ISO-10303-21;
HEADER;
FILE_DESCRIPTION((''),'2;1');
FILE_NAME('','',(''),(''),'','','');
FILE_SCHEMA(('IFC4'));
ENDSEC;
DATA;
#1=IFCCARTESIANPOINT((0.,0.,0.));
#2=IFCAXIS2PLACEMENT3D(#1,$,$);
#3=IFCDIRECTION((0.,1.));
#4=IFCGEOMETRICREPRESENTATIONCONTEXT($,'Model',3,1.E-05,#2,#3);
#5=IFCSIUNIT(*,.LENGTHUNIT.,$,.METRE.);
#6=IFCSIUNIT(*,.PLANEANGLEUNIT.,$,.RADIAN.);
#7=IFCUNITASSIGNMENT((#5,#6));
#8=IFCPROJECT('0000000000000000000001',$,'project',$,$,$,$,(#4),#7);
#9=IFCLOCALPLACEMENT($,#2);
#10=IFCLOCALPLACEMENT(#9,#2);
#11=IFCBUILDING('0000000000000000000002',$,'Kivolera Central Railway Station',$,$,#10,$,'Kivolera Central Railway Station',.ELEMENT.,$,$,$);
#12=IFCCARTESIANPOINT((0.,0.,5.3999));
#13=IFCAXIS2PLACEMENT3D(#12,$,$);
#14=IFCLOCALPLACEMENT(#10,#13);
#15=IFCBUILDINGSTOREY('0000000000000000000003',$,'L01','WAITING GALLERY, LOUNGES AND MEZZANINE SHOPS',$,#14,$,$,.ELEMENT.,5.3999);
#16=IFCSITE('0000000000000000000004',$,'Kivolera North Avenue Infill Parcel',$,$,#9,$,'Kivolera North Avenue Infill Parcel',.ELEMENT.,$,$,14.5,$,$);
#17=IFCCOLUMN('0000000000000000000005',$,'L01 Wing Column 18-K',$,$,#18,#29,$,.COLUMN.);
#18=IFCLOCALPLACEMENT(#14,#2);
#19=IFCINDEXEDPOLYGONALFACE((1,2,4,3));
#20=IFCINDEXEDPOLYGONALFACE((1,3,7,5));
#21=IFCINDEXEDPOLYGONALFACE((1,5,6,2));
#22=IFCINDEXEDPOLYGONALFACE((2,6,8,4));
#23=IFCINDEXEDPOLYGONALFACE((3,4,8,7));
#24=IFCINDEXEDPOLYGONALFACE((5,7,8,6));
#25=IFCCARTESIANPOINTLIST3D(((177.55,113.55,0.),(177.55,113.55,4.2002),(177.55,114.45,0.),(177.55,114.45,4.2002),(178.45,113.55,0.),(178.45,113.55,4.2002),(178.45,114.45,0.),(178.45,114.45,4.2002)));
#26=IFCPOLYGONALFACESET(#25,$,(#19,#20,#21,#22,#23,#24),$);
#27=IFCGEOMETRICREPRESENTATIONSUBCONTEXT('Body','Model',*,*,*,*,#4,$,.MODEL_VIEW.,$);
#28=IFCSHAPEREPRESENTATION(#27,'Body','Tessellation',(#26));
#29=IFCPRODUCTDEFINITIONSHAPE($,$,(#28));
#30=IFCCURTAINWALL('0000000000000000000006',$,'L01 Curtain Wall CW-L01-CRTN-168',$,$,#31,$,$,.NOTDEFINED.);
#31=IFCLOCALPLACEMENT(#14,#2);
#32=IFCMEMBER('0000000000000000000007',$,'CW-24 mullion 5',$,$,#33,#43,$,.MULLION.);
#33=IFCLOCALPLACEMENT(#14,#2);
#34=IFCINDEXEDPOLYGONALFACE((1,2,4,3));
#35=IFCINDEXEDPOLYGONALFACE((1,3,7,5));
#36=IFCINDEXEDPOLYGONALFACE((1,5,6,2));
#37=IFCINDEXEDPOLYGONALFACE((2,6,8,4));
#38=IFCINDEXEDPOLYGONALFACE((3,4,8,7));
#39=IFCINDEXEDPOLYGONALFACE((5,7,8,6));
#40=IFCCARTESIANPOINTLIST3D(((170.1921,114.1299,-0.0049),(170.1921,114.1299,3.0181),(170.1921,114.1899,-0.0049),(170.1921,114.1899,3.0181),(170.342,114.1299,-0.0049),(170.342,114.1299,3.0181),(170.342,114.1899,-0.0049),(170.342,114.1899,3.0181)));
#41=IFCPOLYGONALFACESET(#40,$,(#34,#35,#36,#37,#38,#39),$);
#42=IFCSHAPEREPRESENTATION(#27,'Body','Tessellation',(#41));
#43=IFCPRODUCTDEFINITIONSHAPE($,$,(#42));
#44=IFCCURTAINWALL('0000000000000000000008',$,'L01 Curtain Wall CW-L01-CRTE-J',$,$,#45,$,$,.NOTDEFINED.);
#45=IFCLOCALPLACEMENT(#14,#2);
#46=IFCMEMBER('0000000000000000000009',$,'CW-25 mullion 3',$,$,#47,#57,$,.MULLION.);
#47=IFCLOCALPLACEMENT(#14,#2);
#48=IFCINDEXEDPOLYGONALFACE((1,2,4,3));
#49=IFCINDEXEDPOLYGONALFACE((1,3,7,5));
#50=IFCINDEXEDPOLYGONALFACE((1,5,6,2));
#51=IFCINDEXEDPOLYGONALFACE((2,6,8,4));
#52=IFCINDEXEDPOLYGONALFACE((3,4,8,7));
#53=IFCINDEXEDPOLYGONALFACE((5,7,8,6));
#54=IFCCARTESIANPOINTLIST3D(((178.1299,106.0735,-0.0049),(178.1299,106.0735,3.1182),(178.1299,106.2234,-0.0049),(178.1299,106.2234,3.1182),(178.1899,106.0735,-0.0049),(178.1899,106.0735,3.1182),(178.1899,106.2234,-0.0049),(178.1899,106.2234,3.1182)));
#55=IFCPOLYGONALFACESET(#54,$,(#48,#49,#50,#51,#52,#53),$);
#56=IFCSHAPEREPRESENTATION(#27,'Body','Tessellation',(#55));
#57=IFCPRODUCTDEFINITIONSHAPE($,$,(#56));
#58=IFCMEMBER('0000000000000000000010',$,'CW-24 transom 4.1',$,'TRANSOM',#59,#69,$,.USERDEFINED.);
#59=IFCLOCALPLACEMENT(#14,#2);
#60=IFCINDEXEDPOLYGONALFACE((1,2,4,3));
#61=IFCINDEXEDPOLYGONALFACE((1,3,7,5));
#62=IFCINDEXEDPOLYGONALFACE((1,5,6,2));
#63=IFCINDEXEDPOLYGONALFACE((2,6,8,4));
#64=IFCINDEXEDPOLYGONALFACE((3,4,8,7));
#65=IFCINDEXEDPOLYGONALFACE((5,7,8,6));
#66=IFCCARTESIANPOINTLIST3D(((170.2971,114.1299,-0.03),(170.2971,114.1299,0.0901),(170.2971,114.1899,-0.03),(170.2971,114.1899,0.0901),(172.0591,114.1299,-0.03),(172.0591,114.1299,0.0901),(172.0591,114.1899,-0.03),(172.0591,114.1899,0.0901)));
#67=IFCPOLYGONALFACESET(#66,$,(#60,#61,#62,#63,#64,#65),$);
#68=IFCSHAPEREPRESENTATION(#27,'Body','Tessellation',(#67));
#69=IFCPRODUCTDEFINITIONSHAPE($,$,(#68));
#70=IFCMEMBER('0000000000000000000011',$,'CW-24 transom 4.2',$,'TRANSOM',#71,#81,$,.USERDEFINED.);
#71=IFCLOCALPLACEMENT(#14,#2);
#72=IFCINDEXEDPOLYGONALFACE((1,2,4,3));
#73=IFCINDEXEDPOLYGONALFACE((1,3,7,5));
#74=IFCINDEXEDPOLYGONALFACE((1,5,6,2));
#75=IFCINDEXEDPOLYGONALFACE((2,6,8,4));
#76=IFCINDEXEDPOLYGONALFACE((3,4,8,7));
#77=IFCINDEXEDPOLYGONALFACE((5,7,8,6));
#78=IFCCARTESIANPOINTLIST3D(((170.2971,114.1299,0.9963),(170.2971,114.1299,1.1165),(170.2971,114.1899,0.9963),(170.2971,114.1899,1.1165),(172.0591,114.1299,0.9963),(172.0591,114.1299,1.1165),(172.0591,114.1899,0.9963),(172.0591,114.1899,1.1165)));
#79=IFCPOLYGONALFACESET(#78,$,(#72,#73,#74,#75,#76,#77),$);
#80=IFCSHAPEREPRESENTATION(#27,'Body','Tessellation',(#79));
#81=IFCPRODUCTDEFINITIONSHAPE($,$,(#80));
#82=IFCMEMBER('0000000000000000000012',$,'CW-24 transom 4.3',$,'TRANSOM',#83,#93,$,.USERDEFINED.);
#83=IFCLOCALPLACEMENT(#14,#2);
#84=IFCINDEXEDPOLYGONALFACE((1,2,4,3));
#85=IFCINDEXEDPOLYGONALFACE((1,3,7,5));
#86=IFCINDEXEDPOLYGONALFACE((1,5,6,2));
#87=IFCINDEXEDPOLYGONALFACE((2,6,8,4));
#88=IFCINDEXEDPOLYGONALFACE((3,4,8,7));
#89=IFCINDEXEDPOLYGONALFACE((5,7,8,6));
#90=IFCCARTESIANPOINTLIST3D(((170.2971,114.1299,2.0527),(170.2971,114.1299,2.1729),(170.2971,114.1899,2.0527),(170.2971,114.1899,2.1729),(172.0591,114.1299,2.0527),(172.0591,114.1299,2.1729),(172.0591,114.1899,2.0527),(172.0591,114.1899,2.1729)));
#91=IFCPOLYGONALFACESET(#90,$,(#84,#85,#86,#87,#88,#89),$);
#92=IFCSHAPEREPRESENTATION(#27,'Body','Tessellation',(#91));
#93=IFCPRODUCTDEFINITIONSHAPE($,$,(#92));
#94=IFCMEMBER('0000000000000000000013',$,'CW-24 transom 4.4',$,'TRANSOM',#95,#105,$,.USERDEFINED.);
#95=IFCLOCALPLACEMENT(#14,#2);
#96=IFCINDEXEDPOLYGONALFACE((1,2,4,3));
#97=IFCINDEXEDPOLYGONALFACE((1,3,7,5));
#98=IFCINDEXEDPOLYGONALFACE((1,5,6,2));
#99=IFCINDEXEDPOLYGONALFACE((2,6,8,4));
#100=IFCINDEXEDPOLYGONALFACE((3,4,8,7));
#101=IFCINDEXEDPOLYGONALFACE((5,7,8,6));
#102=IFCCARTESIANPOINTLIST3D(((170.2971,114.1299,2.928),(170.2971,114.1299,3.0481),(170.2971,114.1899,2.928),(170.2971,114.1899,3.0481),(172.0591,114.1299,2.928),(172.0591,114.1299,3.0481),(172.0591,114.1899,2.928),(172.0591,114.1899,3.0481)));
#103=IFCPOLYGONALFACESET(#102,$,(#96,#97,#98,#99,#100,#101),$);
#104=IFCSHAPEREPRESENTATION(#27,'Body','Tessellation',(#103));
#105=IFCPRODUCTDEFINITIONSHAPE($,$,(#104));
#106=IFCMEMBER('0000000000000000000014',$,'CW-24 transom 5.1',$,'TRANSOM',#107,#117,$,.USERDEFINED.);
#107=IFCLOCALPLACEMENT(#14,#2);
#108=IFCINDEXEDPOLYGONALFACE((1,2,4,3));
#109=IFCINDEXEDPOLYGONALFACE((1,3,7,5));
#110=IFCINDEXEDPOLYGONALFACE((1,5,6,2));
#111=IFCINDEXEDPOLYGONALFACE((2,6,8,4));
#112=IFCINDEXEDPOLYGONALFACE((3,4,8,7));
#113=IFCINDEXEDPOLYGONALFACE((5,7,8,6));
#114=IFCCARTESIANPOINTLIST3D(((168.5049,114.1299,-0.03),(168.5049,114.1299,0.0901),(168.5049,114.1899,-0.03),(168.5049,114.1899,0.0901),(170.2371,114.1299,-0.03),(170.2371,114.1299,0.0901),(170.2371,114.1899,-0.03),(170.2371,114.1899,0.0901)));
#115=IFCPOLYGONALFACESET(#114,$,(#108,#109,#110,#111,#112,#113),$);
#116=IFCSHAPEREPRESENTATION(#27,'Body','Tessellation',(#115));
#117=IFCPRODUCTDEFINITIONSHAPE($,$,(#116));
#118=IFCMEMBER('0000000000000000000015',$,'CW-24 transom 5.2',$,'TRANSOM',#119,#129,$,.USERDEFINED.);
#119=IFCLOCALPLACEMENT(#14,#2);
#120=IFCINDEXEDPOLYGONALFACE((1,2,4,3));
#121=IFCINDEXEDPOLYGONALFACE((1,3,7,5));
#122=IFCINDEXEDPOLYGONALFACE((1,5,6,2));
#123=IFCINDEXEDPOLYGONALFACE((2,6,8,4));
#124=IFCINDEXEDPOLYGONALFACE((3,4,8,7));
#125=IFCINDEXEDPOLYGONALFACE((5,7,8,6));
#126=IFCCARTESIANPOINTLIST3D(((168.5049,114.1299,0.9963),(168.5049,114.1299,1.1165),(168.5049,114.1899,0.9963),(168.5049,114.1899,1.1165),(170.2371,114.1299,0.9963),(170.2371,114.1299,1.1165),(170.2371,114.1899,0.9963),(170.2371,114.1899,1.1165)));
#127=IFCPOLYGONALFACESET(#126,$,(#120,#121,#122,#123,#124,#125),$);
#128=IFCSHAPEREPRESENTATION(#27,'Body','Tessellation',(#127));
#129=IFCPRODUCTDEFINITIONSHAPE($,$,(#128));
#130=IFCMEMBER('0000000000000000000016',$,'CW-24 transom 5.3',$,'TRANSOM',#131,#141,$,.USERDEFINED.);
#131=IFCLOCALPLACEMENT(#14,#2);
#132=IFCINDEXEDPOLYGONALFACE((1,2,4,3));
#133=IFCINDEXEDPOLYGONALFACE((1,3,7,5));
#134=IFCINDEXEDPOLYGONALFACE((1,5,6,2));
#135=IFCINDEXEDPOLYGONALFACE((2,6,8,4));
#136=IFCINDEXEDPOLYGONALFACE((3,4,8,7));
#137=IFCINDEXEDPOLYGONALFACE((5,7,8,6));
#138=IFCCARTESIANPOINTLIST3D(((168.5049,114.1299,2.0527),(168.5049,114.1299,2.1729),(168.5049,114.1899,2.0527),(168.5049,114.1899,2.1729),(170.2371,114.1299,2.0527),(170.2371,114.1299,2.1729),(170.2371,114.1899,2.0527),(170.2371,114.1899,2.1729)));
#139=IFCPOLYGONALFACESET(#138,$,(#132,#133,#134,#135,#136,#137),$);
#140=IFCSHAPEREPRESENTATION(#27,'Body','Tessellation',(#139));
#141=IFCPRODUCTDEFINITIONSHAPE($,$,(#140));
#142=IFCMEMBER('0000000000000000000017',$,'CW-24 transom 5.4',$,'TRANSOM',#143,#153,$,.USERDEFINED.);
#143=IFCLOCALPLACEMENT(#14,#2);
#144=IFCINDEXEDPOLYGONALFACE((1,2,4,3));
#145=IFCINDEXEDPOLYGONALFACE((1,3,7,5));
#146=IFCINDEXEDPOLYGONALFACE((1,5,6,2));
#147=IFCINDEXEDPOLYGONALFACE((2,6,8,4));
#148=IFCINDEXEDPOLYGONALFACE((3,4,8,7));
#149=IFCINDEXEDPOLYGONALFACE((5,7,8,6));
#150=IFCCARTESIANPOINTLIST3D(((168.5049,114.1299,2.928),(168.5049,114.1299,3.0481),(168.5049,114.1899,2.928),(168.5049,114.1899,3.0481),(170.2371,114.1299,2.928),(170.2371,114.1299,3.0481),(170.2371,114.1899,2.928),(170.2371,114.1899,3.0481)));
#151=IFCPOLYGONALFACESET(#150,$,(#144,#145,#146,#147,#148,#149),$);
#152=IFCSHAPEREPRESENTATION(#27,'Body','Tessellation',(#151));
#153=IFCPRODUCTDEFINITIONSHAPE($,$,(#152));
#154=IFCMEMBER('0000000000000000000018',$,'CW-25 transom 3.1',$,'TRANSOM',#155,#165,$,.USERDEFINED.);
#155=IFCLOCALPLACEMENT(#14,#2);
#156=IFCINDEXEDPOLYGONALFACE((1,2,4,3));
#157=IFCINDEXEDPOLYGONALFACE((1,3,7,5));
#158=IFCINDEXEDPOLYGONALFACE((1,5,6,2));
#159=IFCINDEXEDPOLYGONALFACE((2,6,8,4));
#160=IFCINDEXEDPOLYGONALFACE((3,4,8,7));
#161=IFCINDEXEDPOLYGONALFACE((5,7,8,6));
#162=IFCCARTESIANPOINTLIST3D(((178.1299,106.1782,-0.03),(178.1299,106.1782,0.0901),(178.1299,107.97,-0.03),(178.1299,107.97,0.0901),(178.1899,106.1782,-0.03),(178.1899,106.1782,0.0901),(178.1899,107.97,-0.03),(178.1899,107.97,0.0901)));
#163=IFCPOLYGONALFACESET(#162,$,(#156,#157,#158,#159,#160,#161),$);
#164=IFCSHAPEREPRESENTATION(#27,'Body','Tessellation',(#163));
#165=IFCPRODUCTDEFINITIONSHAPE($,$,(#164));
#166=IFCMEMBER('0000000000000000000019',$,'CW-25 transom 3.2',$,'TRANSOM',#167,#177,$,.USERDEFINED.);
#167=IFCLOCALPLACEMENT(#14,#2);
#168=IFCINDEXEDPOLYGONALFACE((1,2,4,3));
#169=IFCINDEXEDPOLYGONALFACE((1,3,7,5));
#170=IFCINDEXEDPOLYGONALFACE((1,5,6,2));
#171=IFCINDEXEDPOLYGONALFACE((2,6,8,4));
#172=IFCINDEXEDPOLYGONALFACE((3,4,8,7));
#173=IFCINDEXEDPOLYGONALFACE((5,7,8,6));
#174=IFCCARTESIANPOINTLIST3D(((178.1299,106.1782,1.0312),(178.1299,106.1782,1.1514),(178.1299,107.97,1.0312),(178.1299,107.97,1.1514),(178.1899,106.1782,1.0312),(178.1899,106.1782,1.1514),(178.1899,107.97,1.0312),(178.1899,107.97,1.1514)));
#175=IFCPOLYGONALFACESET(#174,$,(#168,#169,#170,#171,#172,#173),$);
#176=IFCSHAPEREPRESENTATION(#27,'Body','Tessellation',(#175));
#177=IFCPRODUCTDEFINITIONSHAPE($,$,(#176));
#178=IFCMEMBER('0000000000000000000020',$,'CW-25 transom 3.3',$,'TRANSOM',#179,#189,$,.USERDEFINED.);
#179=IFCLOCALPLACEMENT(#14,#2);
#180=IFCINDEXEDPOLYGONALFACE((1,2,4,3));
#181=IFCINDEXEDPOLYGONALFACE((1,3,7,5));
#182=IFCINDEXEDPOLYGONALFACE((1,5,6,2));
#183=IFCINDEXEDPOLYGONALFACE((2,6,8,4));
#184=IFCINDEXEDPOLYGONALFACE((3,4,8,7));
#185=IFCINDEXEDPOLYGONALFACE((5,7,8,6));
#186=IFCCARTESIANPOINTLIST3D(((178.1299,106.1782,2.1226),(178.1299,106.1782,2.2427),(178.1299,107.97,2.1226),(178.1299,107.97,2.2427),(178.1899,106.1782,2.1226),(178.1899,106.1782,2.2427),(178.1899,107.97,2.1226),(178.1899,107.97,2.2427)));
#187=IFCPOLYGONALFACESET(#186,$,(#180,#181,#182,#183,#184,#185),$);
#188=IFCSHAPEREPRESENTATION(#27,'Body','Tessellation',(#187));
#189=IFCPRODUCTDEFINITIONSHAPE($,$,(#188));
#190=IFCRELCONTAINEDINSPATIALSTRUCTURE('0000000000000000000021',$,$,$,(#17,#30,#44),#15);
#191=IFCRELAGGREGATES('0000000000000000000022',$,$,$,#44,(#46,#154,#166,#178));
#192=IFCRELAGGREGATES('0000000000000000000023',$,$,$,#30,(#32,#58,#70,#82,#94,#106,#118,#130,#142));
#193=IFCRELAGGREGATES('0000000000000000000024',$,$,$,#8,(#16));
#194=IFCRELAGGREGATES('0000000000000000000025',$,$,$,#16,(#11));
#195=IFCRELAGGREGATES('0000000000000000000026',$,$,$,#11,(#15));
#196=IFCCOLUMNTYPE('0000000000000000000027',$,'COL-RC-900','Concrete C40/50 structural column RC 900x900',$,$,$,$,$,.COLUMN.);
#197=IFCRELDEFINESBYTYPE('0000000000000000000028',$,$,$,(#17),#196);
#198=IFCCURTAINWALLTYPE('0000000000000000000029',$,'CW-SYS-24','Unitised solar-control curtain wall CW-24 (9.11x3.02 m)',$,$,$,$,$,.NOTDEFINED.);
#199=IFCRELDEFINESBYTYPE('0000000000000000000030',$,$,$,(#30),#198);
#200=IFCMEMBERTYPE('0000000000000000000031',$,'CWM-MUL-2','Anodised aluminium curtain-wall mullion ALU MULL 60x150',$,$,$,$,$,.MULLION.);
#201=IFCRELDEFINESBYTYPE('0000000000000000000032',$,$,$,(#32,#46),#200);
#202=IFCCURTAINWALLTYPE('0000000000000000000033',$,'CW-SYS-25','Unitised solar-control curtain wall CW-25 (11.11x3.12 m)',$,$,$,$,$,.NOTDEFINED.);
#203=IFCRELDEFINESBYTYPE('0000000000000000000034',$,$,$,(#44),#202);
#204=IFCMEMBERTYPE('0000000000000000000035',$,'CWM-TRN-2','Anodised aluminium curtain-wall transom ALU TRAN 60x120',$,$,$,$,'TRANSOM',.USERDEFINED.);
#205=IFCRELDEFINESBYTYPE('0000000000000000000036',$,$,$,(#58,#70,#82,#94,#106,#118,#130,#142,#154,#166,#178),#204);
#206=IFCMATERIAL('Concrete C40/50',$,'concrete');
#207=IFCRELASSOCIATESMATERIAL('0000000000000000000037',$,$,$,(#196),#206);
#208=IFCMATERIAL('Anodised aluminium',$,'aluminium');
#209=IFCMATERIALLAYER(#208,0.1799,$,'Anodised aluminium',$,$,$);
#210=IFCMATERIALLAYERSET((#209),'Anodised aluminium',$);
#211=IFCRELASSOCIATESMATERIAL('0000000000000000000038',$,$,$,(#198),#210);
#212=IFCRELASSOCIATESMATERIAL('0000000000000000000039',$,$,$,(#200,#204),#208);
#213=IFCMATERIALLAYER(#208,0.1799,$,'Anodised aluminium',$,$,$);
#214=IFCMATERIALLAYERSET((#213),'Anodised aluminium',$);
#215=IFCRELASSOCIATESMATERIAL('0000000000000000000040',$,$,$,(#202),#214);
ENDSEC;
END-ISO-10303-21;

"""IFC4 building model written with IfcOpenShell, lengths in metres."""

from ifc_helpers import new_model, si_unit, direction, frame, origin, origin_2d, place, context, subcontext, project, spatial, rectangle, extrude, material, layer, layer_set, material_profile, profile_set, type_object, element, aggregate, save


model = new_model("IFC4")

# Units and contexts
model_context = context("Model", 3, precision=1e-05, world=origin(), true_north=direction((0.0, 1.0)))
body_context = subcontext(model_context, "Body", "Model", "MODEL_VIEW")
ifc_project = project(units=[si_unit("LENGTHUNIT", "METRE"), si_unit("PLANEANGLEUNIT", "RADIAN")], contexts=[model_context])

# Site, building, storey
site_placement = place(None, origin())
site = spatial("IfcSite", under=ifc_project, at=site_placement, Name="Kivolera North Avenue Infill Parcel", LongName="Kivolera North Avenue Infill Parcel", CompositionType="ELEMENT", RefElevation=14.5)
building_placement = place(site_placement, origin())
building = spatial("IfcBuilding", under=site, at=building_placement, Name="Kivolera Central Railway Station", LongName="Kivolera Central Railway Station", CompositionType="ELEMENT")
storey_placement = place(building_placement, frame((0.0, 0.0, 5.3999)))
storey = spatial("IfcBuildingStorey", under=building, at=storey_placement, Name="L01", Description="WAITING GALLERY, LOUNGES AND MEZZANINE SHOPS", CompositionType="ELEMENT", Elevation=5.3999)

# Column
ifc_material_1 = material(Name="Concrete C40/50", Category="concrete")
ifc_material_profile_1 = material_profile(ifc_material_1, rectangle(XDim=0.8999, YDim=0.8999, at=origin_2d()), Name="RC 900x900")
ifc_profile_set_1 = profile_set([ifc_material_profile_1], Name="Concrete C40/50")
column_type = type_object("IfcColumnType", Name="COL-RC-900", Description="Concrete C40/50 structural column RC 900x900", PredefinedType="COLUMN", material=ifc_profile_set_1)
column_placement = place(storey_placement, frame((178.0, 114.0, 0.0), z_axis=(0.0, 0.0, 1.0), x_axis=(1.0, 0.0, 0.0)))
element("IfcColumn", 1, at=column_placement, inside=storey, type_object=column_type, Name="L01 Wing Column 18-K", PredefinedType="COLUMN", context=body_context, shape_type="SweptSolid", body=[
    extrude(rectangle(XDim=0.8999, YDim=0.8999, at=origin_2d()), origin(), (0.0, 0.0, 1.0), 4.2002),
])

# Curtain walls, members
ifc_material_2 = material(Name="Anodised aluminium", Category="aluminium")
ifc_layer_1 = layer(ifc_material_2, 0.1799, Name="Anodised aluminium")
ifc_layer_set_1 = layer_set([ifc_layer_1], Name="Anodised aluminium")
curtain_wall_type_1 = type_object("IfcCurtainWallType", Name="CW-SYS-24", Description="Unitised solar-control curtain wall CW-24 (9.11x3.02 m)", PredefinedType="NOTDEFINED", material=ifc_layer_set_1)
curtain_wall_1_placement = place(storey_placement, origin())
curtain_wall_1 = element("IfcCurtainWall", 2, at=curtain_wall_1_placement, inside=storey, type_object=curtain_wall_type_1, Name="L01 Curtain Wall CW-L01-CRTN-168", PredefinedType="NOTDEFINED")
ifc_material_profile_2 = material_profile(ifc_material_2, rectangle(XDim=0.0601, YDim=0.1499, at=origin_2d()), Name="ALU MULL 60x150")
ifc_profile_set_2 = profile_set([ifc_material_profile_2], Name="Anodised aluminium")
member_type_1 = type_object("IfcMemberType", Name="CWM-MUL-2", Description="Anodised aluminium curtain-wall mullion ALU MULL 60x150", PredefinedType="MULLION", material=ifc_profile_set_2)
member_1_placement = place(storey_placement, frame((170.2671, 114.1599, -0.0049), z_axis=(0.0, 0.0, 1.0), x_axis=(0.0, -1.0, 0.0)))
member_1 = element("IfcMember", 3, at=member_1_placement, type_object=member_type_1, Name="CW-24 mullion 5", PredefinedType="MULLION", context=body_context, shape_type="SweptSolid", body=[
    extrude(rectangle(XDim=0.0601, YDim=0.1499, at=origin_2d()), origin(), (0.0, 0.0, 1.0), 3.0229),
])
ifc_layer_2 = layer(ifc_material_2, 0.1799, Name="Anodised aluminium")
ifc_layer_set_2 = layer_set([ifc_layer_2], Name="Anodised aluminium")
curtain_wall_type_2 = type_object("IfcCurtainWallType", Name="CW-SYS-25", Description="Unitised solar-control curtain wall CW-25 (11.11x3.12 m)", PredefinedType="NOTDEFINED", material=ifc_layer_set_2)
curtain_wall_2_placement = place(storey_placement, origin())
curtain_wall_2 = element("IfcCurtainWall", 4, at=curtain_wall_2_placement, inside=storey, type_object=curtain_wall_type_2, Name="L01 Curtain Wall CW-L01-CRTE-J", PredefinedType="NOTDEFINED")
member_2_placement = place(storey_placement, frame((178.1599, 106.1484, -0.0049), z_axis=(0.0, 0.0, 1.0), x_axis=(-1.0, 0.0, 0.0)))
member_2 = element("IfcMember", 5, at=member_2_placement, type_object=member_type_1, Name="CW-25 mullion 3", PredefinedType="MULLION", context=body_context, shape_type="SweptSolid", body=[
    extrude(rectangle(XDim=0.0601, YDim=0.1499, at=origin_2d()), origin(), (0.0, 0.0, 1.0), 3.123),
])

# Members
ifc_material_profile_3 = material_profile(ifc_material_2, rectangle(XDim=0.0601, YDim=0.1201, at=origin_2d()), Name="ALU TRAN 60x120")
ifc_profile_set_3 = profile_set([ifc_material_profile_3], Name="Anodised aluminium")
member_type_2 = type_object("IfcMemberType", Name="CWM-TRN-2", Description="Anodised aluminium curtain-wall transom ALU TRAN 60x120", ElementType="TRANSOM", PredefinedType="USERDEFINED", material=ifc_profile_set_3)
member_3_placement = place(storey_placement, frame((172.0591, 114.1599, 0.03), z_axis=(-1.0, 0.0, 0.0), x_axis=(0.0, -1.0, 0.0)))
member_3 = element("IfcMember", 6, at=member_3_placement, type_object=member_type_2, Name="CW-24 transom 4.1", ObjectType="TRANSOM", PredefinedType="USERDEFINED", context=body_context, shape_type="SweptSolid", body=[
    extrude(rectangle(XDim=0.0601, YDim=0.1201, at=origin_2d()), origin(), (0.0, 0.0, 1.0), 1.762),
])
member_4_placement = place(storey_placement, frame((172.0591, 114.1599, 1.0564), z_axis=(-1.0, 0.0, 0.0), x_axis=(0.0, -1.0, 0.0)))
member_4 = element("IfcMember", 7, at=member_4_placement, type_object=member_type_2, Name="CW-24 transom 4.2", ObjectType="TRANSOM", PredefinedType="USERDEFINED", context=body_context, shape_type="SweptSolid", body=[
    extrude(rectangle(XDim=0.0601, YDim=0.1201, at=origin_2d()), origin(), (0.0, 0.0, 1.0), 1.762),
])
member_5_placement = place(storey_placement, frame((172.0591, 114.1599, 2.1128), z_axis=(-1.0, 0.0, 0.0), x_axis=(0.0, -1.0, 0.0)))
member_5 = element("IfcMember", 8, at=member_5_placement, type_object=member_type_2, Name="CW-24 transom 4.3", ObjectType="TRANSOM", PredefinedType="USERDEFINED", context=body_context, shape_type="SweptSolid", body=[
    extrude(rectangle(XDim=0.0601, YDim=0.1201, at=origin_2d()), origin(), (0.0, 0.0, 1.0), 1.762),
])
member_6_placement = place(storey_placement, frame((172.0591, 114.1599, 2.988), z_axis=(-1.0, 0.0, 0.0), x_axis=(0.0, -1.0, 0.0)))
member_6 = element("IfcMember", 9, at=member_6_placement, type_object=member_type_2, Name="CW-24 transom 4.4", ObjectType="TRANSOM", PredefinedType="USERDEFINED", context=body_context, shape_type="SweptSolid", body=[
    extrude(rectangle(XDim=0.0601, YDim=0.1201, at=origin_2d()), origin(), (0.0, 0.0, 1.0), 1.762),
])
member_7_placement = place(storey_placement, frame((170.2371, 114.1599, 0.03), z_axis=(-1.0, 0.0, 0.0), x_axis=(0.0, -1.0, 0.0)))
member_7 = element("IfcMember", 10, at=member_7_placement, type_object=member_type_2, Name="CW-24 transom 5.1", ObjectType="TRANSOM", PredefinedType="USERDEFINED", context=body_context, shape_type="SweptSolid", body=[
    extrude(rectangle(XDim=0.0601, YDim=0.1201, at=origin_2d()), origin(), (0.0, 0.0, 1.0), 1.7322),
])
member_8_placement = place(storey_placement, frame((170.2371, 114.1599, 1.0564), z_axis=(-1.0, 0.0, 0.0), x_axis=(0.0, -1.0, 0.0)))
member_8 = element("IfcMember", 11, at=member_8_placement, type_object=member_type_2, Name="CW-24 transom 5.2", ObjectType="TRANSOM", PredefinedType="USERDEFINED", context=body_context, shape_type="SweptSolid", body=[
    extrude(rectangle(XDim=0.0601, YDim=0.1201, at=origin_2d()), origin(), (0.0, 0.0, 1.0), 1.7322),
])
member_9_placement = place(storey_placement, frame((170.2371, 114.1599, 2.1128), z_axis=(-1.0, 0.0, 0.0), x_axis=(0.0, -1.0, 0.0)))
member_9 = element("IfcMember", 12, at=member_9_placement, type_object=member_type_2, Name="CW-24 transom 5.3", ObjectType="TRANSOM", PredefinedType="USERDEFINED", context=body_context, shape_type="SweptSolid", body=[
    extrude(rectangle(XDim=0.0601, YDim=0.1201, at=origin_2d()), origin(), (0.0, 0.0, 1.0), 1.7322),
])
member_10_placement = place(storey_placement, frame((170.2371, 114.1599, 2.988), z_axis=(-1.0, 0.0, 0.0), x_axis=(0.0, -1.0, 0.0)))
member_10 = element("IfcMember", 13, at=member_10_placement, type_object=member_type_2, Name="CW-24 transom 5.4", ObjectType="TRANSOM", PredefinedType="USERDEFINED", context=body_context, shape_type="SweptSolid", body=[
    extrude(rectangle(XDim=0.0601, YDim=0.1201, at=origin_2d()), origin(), (0.0, 0.0, 1.0), 1.7322),
])
member_11_placement = place(storey_placement, frame((178.1599, 106.1782, 0.03), z_axis=(0.0, 1.0, 0.0), x_axis=(-1.0, 0.0, 0.0)))
member_11 = element("IfcMember", 14, at=member_11_placement, type_object=member_type_2, Name="CW-25 transom 3.1", ObjectType="TRANSOM", PredefinedType="USERDEFINED", context=body_context, shape_type="SweptSolid", body=[
    extrude(rectangle(XDim=0.0601, YDim=0.1201, at=origin_2d()), origin(), (0.0, 0.0, 1.0), 1.7917),
])
member_12_placement = place(storey_placement, frame((178.1599, 106.1782, 1.0913), z_axis=(0.0, 1.0, 0.0), x_axis=(-1.0, 0.0, 0.0)))
member_12 = element("IfcMember", 15, at=member_12_placement, type_object=member_type_2, Name="CW-25 transom 3.2", ObjectType="TRANSOM", PredefinedType="USERDEFINED", context=body_context, shape_type="SweptSolid", body=[
    extrude(rectangle(XDim=0.0601, YDim=0.1201, at=origin_2d()), origin(), (0.0, 0.0, 1.0), 1.7917),
])
member_13_placement = place(storey_placement, frame((178.1599, 106.1782, 2.1826), z_axis=(0.0, 1.0, 0.0), x_axis=(-1.0, 0.0, 0.0)))
member_13 = element("IfcMember", 16, at=member_13_placement, type_object=member_type_2, Name="CW-25 transom 3.3", ObjectType="TRANSOM", PredefinedType="USERDEFINED", context=body_context, shape_type="SweptSolid", body=[
    extrude(rectangle(XDim=0.0601, YDim=0.1201, at=origin_2d()), origin(), (0.0, 0.0, 1.0), 1.7917),
])

aggregate(curtain_wall_2, [member_2, member_11, member_12, member_13])
aggregate(curtain_wall_1, [member_1, member_3, member_4, member_5, member_6, member_7, member_8, member_9, member_10])

save(model, "model.ifc")
